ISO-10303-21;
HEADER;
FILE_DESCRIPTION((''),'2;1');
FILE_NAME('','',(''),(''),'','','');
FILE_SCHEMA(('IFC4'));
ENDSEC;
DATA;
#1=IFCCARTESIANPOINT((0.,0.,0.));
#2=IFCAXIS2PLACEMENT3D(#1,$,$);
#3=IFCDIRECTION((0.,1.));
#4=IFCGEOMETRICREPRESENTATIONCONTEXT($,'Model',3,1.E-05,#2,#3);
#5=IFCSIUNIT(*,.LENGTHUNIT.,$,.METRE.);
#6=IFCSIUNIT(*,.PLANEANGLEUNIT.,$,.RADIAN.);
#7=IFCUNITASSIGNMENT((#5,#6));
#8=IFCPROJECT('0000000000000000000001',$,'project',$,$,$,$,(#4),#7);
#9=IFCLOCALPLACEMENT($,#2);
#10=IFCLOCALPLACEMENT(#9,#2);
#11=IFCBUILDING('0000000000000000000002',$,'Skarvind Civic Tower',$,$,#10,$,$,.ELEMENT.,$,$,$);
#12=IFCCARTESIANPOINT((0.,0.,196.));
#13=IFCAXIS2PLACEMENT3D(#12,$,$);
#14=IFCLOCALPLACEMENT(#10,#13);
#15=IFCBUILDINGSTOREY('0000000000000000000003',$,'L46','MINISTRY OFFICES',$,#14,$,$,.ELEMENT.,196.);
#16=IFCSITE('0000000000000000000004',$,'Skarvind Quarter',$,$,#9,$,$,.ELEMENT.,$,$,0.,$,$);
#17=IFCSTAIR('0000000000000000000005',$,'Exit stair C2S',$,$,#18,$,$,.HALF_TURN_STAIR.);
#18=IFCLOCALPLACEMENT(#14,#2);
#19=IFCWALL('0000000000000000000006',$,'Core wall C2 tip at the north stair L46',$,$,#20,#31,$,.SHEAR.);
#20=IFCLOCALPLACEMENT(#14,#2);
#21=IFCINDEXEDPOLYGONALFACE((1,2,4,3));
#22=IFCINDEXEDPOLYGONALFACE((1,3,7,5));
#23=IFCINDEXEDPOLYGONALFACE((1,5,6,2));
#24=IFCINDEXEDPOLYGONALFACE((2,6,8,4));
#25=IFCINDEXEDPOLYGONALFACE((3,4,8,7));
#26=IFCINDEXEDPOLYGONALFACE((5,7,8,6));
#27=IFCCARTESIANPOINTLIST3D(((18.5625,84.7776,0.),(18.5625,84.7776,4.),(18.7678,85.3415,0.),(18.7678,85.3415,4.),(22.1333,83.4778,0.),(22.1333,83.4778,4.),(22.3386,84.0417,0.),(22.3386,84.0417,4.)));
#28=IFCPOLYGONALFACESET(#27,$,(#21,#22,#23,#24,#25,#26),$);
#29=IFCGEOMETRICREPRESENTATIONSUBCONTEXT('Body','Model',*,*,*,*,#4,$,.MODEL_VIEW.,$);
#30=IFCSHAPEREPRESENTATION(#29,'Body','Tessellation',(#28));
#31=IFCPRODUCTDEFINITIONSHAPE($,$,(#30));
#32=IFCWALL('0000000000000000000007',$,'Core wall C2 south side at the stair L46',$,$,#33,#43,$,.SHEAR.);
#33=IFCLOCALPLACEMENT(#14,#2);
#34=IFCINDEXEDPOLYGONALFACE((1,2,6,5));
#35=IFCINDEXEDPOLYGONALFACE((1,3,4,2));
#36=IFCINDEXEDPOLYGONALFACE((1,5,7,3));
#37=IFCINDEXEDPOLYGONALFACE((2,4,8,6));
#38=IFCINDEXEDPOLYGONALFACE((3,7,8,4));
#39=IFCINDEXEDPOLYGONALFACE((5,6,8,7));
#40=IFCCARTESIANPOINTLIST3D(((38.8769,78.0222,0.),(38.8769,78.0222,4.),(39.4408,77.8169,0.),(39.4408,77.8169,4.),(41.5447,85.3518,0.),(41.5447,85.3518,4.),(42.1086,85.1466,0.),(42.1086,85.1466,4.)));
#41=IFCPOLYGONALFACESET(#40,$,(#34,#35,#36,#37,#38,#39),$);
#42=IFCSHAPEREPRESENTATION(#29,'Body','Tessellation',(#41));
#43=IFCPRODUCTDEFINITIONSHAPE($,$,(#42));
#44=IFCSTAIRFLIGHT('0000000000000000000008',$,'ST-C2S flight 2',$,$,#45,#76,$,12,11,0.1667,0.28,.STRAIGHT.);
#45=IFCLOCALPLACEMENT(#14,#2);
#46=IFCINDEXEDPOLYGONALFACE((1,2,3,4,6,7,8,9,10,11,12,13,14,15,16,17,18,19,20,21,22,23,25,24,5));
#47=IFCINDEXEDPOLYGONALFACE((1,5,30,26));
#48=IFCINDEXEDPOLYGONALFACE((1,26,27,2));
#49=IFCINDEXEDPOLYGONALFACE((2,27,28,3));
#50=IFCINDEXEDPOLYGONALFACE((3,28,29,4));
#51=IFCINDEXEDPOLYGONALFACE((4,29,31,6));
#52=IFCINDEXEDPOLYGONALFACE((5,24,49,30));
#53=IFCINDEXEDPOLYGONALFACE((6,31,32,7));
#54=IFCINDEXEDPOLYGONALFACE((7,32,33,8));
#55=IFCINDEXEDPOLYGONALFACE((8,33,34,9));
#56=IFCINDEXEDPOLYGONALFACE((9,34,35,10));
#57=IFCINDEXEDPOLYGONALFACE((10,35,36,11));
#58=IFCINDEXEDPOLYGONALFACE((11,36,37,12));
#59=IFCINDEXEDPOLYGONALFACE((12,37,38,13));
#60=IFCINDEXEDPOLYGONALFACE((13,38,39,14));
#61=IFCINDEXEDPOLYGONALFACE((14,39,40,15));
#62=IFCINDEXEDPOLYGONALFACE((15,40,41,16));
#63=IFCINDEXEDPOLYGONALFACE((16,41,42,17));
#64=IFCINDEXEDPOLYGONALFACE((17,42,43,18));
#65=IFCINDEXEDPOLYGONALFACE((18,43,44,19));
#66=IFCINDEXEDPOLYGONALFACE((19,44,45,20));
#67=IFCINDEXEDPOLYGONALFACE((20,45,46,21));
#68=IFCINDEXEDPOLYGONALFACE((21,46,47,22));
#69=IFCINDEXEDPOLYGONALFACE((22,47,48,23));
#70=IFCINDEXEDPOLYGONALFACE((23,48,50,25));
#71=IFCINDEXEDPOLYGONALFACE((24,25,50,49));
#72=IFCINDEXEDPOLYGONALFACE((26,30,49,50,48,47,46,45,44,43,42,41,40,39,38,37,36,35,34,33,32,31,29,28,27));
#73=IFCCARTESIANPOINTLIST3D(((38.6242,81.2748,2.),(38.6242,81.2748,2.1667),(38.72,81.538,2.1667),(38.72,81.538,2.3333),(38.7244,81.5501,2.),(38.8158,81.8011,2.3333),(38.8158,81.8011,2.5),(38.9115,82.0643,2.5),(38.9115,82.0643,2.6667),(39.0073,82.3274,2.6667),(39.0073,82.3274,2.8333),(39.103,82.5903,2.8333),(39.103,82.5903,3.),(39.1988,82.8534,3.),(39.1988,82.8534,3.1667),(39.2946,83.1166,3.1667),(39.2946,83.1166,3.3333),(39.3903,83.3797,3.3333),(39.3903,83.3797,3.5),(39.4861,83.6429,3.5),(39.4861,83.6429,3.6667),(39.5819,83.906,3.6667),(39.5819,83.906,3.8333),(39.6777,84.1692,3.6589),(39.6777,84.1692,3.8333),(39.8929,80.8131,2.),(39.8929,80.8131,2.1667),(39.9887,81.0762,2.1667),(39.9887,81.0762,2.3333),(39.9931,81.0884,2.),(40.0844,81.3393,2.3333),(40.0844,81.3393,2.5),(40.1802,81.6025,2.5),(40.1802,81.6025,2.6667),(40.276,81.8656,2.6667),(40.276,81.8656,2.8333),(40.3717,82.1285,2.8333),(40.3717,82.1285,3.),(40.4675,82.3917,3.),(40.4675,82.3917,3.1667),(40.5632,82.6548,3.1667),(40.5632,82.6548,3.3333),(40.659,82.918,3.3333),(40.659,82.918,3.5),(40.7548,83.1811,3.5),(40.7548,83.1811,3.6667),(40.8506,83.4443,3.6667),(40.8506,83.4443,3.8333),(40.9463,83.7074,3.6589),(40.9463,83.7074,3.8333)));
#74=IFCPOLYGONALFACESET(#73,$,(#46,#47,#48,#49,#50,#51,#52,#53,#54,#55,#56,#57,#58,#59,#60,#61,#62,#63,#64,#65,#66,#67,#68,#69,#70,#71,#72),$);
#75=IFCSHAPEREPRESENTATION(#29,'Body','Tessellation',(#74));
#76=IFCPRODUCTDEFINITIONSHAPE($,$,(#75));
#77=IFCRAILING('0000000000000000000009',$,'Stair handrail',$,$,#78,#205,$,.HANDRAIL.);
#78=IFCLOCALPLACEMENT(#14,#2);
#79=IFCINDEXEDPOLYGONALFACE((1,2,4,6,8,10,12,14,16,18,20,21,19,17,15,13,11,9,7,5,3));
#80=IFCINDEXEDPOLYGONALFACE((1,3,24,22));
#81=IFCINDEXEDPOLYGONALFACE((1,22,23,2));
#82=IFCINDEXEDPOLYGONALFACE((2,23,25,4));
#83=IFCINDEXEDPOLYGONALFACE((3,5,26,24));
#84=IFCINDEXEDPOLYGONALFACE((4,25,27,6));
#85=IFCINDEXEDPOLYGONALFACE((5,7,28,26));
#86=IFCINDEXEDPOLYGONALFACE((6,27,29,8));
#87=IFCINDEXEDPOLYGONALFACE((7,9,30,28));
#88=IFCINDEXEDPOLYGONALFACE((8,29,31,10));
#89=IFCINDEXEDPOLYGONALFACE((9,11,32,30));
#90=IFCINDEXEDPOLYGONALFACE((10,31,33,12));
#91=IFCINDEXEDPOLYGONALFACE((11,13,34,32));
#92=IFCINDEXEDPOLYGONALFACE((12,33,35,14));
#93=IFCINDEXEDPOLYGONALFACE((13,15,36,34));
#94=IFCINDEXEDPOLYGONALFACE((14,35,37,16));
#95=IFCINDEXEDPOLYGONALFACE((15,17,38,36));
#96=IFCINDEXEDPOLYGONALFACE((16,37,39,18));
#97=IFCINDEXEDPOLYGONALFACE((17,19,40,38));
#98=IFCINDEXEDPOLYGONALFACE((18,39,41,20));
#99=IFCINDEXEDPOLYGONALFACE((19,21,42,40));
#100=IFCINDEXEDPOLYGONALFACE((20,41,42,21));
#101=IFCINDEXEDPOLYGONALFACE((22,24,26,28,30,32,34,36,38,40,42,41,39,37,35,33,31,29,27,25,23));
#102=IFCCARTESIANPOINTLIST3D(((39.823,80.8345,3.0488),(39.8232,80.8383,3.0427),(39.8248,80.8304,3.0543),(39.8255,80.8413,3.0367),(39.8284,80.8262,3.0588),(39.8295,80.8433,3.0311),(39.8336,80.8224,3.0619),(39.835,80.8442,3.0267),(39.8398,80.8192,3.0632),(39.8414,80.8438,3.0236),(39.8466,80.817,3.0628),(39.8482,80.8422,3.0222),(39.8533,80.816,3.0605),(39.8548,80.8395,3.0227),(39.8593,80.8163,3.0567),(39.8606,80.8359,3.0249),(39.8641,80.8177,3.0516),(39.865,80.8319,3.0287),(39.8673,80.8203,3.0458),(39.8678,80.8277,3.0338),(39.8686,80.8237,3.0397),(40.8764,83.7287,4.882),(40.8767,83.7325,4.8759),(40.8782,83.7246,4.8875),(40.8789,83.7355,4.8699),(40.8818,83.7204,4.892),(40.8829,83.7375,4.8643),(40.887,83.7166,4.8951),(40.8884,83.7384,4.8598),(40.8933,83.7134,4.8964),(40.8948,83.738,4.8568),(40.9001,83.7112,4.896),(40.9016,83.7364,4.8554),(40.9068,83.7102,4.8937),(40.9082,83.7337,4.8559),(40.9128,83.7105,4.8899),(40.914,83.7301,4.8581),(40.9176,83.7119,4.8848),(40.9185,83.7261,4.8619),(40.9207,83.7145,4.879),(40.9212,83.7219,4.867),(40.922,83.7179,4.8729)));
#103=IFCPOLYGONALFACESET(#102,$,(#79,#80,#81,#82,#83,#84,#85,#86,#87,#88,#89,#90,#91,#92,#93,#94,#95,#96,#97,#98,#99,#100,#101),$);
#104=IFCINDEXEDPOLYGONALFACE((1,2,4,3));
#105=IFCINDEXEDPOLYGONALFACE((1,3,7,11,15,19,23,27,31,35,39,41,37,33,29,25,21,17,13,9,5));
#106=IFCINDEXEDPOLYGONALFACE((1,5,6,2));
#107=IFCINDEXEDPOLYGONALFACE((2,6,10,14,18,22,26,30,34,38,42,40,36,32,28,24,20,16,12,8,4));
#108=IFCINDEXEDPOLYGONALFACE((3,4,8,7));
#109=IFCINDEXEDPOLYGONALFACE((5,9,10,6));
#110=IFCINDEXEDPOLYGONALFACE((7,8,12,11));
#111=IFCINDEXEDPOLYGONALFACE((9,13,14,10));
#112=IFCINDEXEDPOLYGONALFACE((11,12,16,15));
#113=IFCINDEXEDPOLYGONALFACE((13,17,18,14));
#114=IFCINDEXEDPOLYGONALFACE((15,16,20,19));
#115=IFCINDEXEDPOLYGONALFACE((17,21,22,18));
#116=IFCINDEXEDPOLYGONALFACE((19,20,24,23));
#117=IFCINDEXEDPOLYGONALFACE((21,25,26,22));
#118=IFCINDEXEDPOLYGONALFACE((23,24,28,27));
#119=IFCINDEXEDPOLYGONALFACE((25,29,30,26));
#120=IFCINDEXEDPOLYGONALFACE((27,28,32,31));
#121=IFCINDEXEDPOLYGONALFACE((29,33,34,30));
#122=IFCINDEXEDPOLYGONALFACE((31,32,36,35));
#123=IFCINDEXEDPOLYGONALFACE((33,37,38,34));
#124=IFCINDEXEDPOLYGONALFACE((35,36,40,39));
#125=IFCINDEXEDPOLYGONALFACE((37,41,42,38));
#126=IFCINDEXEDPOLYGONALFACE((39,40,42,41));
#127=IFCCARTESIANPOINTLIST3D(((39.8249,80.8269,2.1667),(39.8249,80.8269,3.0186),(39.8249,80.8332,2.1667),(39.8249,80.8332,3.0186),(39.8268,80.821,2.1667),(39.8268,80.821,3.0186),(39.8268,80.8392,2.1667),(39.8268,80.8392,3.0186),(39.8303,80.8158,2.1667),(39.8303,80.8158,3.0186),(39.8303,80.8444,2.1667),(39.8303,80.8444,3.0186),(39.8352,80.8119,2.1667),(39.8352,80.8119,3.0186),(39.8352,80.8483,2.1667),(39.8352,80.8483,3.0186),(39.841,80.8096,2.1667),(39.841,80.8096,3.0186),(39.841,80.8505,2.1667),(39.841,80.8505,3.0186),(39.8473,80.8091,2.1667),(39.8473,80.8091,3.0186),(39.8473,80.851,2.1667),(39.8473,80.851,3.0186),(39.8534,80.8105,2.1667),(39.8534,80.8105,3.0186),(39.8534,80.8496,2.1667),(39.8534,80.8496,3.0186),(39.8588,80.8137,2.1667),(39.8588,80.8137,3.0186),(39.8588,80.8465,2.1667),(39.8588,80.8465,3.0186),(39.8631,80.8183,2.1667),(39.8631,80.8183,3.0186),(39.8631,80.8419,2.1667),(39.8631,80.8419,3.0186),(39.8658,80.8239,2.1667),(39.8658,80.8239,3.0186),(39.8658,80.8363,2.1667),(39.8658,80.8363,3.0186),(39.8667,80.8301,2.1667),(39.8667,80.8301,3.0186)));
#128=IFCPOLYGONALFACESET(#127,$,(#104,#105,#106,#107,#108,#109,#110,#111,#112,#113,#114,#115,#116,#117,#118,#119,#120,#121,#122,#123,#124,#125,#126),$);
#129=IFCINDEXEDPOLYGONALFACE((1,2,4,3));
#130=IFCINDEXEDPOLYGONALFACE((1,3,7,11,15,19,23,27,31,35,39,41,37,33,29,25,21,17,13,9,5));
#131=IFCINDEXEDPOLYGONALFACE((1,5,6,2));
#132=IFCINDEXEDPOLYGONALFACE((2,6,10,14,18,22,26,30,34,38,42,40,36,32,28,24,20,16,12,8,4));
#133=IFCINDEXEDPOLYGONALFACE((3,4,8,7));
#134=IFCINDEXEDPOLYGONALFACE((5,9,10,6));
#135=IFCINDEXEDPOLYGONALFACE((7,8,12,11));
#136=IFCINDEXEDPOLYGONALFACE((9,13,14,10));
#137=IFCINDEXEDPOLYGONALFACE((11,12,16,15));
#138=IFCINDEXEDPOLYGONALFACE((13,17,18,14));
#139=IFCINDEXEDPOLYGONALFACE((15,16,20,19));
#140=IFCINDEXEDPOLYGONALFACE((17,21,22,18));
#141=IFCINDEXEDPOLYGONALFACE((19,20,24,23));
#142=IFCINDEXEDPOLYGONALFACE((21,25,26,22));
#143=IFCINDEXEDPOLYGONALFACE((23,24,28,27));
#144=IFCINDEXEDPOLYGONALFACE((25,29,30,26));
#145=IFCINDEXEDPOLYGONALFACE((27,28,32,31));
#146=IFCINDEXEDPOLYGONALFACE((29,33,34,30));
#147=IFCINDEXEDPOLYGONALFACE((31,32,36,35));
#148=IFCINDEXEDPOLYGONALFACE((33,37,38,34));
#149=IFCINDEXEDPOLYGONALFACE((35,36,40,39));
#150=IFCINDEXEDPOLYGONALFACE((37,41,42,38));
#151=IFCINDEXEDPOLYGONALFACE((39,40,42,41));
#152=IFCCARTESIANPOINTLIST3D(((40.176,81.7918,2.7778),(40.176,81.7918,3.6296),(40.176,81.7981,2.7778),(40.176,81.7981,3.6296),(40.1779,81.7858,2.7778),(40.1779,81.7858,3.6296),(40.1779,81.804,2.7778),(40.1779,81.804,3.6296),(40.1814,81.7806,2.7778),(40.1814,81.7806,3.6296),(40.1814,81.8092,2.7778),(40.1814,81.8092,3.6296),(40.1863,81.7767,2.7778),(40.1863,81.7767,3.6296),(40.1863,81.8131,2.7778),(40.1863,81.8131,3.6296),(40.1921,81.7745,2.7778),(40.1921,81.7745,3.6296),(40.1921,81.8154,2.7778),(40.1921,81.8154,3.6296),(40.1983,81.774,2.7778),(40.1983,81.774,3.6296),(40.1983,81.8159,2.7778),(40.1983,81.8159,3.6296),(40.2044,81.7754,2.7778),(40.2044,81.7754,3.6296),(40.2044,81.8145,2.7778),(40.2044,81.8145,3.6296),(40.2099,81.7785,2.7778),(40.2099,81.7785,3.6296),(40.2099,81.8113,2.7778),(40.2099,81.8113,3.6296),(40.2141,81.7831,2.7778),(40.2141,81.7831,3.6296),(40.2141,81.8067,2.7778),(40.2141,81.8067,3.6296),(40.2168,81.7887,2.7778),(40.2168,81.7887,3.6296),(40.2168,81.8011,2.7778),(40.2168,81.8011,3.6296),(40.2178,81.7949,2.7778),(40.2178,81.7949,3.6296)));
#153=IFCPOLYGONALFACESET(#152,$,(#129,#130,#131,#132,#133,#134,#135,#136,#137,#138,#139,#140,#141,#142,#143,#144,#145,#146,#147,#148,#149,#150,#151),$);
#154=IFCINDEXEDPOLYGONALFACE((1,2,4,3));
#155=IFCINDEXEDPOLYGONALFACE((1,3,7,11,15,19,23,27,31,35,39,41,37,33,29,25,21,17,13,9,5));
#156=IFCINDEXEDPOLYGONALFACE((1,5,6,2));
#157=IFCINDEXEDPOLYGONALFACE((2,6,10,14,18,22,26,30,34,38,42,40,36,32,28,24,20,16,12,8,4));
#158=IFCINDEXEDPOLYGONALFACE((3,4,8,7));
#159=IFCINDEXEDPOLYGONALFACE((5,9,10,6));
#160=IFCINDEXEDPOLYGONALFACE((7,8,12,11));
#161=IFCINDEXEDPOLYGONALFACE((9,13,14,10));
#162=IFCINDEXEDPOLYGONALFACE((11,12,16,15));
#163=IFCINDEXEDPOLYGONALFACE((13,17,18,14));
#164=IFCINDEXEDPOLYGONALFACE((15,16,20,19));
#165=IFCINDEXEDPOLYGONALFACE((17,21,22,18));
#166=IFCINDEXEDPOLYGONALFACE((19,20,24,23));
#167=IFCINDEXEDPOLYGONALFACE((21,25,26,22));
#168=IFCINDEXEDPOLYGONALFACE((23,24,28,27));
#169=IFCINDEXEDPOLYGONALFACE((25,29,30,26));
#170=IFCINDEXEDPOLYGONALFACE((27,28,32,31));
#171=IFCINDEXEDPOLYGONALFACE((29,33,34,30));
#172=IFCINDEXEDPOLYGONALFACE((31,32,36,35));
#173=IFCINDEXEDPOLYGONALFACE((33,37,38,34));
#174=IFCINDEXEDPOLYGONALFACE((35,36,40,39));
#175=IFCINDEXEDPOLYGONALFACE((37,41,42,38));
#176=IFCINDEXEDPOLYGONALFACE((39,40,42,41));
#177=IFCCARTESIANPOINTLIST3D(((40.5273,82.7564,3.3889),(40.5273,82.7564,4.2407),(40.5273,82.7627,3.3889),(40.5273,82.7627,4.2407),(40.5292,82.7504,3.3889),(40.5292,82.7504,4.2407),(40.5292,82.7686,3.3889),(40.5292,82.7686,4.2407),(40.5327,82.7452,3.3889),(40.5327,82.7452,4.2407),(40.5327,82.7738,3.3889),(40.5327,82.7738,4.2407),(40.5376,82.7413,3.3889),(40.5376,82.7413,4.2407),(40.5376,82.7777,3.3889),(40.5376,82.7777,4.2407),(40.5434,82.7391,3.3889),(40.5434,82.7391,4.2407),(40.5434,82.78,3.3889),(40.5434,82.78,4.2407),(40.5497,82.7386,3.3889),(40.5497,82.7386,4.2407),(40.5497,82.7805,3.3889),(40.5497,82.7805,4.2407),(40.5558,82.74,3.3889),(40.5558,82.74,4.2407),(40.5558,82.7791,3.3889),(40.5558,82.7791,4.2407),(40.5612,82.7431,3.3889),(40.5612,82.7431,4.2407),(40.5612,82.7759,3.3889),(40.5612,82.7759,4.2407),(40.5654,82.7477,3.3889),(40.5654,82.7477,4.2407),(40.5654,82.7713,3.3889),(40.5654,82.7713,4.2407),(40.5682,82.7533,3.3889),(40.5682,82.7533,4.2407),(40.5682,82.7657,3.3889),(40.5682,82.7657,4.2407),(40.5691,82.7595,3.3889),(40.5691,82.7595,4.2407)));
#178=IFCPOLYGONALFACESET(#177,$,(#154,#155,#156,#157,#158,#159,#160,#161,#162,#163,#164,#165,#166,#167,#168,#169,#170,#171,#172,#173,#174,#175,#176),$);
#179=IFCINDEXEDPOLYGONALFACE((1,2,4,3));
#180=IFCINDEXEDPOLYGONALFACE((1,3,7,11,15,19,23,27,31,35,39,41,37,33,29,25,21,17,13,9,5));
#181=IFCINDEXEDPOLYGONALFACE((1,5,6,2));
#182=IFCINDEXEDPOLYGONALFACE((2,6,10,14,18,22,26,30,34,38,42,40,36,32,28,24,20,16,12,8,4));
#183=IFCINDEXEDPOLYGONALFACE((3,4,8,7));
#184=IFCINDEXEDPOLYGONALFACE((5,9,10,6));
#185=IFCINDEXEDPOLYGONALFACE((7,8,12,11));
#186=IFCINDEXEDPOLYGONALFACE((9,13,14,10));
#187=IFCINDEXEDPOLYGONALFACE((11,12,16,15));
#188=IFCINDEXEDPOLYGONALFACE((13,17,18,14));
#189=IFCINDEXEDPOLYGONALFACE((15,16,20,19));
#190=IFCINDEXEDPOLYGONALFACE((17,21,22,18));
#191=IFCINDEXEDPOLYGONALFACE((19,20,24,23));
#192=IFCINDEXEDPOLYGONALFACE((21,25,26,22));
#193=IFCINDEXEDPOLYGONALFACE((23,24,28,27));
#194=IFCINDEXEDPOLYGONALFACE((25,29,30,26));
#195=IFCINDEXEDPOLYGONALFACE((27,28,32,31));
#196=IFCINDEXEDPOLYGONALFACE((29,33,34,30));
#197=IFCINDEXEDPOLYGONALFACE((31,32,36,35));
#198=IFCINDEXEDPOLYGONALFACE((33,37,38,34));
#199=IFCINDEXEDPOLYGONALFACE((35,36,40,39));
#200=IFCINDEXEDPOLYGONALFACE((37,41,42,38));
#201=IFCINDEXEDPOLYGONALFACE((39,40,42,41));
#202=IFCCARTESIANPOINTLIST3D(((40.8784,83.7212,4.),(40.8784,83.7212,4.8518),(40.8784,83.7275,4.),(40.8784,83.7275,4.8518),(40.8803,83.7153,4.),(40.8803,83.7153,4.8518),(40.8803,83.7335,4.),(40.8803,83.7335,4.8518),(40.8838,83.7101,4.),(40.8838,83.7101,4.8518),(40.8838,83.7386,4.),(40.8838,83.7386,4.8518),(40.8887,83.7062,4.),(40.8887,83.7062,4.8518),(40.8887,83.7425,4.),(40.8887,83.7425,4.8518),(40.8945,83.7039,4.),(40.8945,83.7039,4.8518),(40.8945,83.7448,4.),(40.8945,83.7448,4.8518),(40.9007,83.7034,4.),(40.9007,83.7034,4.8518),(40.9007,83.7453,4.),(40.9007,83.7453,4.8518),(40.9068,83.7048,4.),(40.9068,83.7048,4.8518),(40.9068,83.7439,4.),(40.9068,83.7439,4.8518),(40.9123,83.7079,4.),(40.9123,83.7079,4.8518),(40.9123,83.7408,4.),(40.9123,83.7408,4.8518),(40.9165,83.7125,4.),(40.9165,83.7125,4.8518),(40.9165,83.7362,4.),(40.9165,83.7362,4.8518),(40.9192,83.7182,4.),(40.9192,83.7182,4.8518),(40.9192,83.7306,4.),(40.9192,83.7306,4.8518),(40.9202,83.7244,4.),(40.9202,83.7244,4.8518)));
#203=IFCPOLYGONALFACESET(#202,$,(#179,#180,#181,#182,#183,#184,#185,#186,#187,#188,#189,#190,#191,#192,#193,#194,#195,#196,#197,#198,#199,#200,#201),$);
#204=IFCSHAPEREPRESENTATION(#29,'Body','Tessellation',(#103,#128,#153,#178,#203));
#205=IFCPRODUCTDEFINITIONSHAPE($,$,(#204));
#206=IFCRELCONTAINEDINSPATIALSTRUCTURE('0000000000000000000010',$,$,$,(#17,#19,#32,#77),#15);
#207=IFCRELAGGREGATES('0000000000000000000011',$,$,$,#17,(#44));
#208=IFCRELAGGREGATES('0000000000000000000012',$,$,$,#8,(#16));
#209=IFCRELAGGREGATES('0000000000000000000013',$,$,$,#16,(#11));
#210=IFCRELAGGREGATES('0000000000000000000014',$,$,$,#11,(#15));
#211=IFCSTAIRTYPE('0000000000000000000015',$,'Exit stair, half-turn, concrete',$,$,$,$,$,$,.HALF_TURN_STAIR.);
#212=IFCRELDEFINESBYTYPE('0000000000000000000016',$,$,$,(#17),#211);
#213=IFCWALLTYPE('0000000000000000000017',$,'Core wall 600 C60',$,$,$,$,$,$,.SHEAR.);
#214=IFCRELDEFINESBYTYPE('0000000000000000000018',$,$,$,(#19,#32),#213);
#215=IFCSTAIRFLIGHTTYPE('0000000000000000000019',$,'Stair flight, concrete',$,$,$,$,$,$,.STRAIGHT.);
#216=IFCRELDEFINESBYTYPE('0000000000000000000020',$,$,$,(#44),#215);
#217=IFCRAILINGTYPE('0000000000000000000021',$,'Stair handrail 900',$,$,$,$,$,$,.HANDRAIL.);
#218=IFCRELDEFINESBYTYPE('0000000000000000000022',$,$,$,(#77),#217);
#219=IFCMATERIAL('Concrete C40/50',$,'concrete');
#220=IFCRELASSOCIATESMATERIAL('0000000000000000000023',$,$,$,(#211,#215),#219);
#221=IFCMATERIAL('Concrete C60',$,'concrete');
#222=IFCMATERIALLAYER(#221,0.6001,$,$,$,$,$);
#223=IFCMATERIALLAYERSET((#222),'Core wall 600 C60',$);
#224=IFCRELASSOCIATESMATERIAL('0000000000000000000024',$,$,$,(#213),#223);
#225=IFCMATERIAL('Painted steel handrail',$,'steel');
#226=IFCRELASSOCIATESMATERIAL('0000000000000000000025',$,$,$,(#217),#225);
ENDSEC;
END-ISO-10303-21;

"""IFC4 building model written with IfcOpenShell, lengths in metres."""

from ifc_helpers import new_model, si_unit, direction, frame, frame_2d, origin, origin_2d, place, context, subcontext, project, spatial, polyline, rectangle, circle, outline, extrude, material, layer, layer_set, type_object, element, aggregate, save


model = new_model("IFC4")

# Units and contexts
model_context = context("Model", 3, precision=1e-05, world=origin(), true_north=direction((0.0, 1.0)))
body_context = subcontext(model_context, "Body", "Model", "MODEL_VIEW")
ifc_project = project(units=[si_unit("LENGTHUNIT", "METRE"), si_unit("PLANEANGLEUNIT", "RADIAN")], contexts=[model_context])

# Site, building, storey
site_placement = place(None, origin())
site = spatial("IfcSite", under=ifc_project, at=site_placement, Name="Skarvind Quarter", CompositionType="ELEMENT", RefElevation=0.0)
building_placement = place(site_placement, origin())
building = spatial("IfcBuilding", under=site, at=building_placement, Name="Skarvind Civic Tower", CompositionType="ELEMENT")
storey_placement = place(building_placement, frame((0.0, 0.0, 196.0)))
storey = spatial("IfcBuildingStorey", under=building, at=storey_placement, Name="L46", Description="MINISTRY OFFICES", CompositionType="ELEMENT", Elevation=196.0)

# Shared definitions
ifc_material_1 = material(Name="Concrete C40/50", Category="concrete")

# Stair
stair_type_1 = type_object("IfcStairType", Name="Exit stair, half-turn, concrete", PredefinedType="HALF_TURN_STAIR", material=ifc_material_1)
stair_1_placement = place(storey_placement, origin())
stair_1 = element("IfcStair", 1, at=stair_1_placement, inside=storey, type_object=stair_type_1, Name="Exit stair C2S", PredefinedType="HALF_TURN_STAIR")

# Shared definitions
ifc_material_2 = material(Name="Concrete C60", Category="concrete")

# Walls
ifc_layer_1 = layer(ifc_material_2, 0.6001)
ifc_layer_set_1 = layer_set([ifc_layer_1], Name="Core wall 600 C60")
wall_type_1 = type_object("IfcWallType", Name="Core wall 600 C60", PredefinedType="SHEAR", material=ifc_layer_set_1)
for number, where, z_axis, x_axis, name in (
    (2, (22.2358, 83.7598, 0.0), (0.0, 0.0, 1.0), (-0.939681, 0.342053, 0.0), "Core wall C2 tip at the north stair L46"),
):
    element("IfcWall", number, at=place(storey_placement, frame(where, z_axis=z_axis, x_axis=x_axis)), inside=storey, type_object=wall_type_1, Name=name, PredefinedType="SHEAR", context=body_context, shape_type="SweptSolid", body=[
        extrude(rectangle(XDim=3.8, YDim=0.6001, at=frame_2d((1.8999, 0.0))), origin(), (0.0, 0.0, 1.0), 4.0),
    ])
wall_1_placement = place(storey_placement, frame((39.1589, 77.9197, 0.0), z_axis=(0.0, 0.0, 1.0), x_axis=(0.342017, 0.939694, 0.0)))
element("IfcWall", 3, at=wall_1_placement, inside=storey, type_object=wall_type_1, Name="Core wall C2 south side at the stair L46", PredefinedType="SHEAR", context=body_context, shape_type="SweptSolid", body=[
    extrude(rectangle(XDim=7.8, YDim=0.6001, at=frame_2d((3.8999, 0.0))), origin(), (0.0, 0.0, 1.0), 4.0),
])

# Stair flight
stair_flight_type = type_object("IfcStairFlightType", Name="Stair flight, concrete", PredefinedType="STRAIGHT", material=ifc_material_1)
stair_flight_placement = place(storey_placement, frame((39.2585, 81.0439, 2.0), z_axis=(0.0, 0.0, 1.0), x_axis=(0.34202, 0.939693, 0.0)))
stair_flight = element("IfcStairFlight", 4, at=stair_flight_placement, type_object=stair_flight_type, Name="ST-C2S flight 2", NumberOfRisers=12, NumberOfTreads=11, PredefinedType="STRAIGHT", RiserHeight=0.1667, TreadLength=0.28, context=body_context, shape_type="SweptSolid", body=[
    extrude(outline(polyline([(0.0, 0.0), (0.0, 0.1667), (0.28, 0.1667), (0.28, 0.3333), (0.5601, 0.3333), (0.5601, 0.5), (0.8401, 0.5), (0.8401, 0.6667), (1.1201, 0.6667), (1.1201, 0.8333), (1.3999, 0.8333), (1.3999, 1.0), (1.6799, 1.0), (1.6799, 1.1667), (1.96, 1.1667), (1.96, 1.3333), (2.24, 1.3333), (2.24, 1.5), (2.52, 1.5), (2.52, 1.6667), (2.8, 1.6667), (2.8, 1.8333), (3.0801, 1.8333), (3.0801, 2.0), (3.0801, 1.6589), (0.293, 0.0), (0.0, 0.0)])), frame((0.0, 0.675, 0.0), z_axis=(0.0, -1.0, 0.0), x_axis=(1.0, 0.0, 0.0)), (0.0, 0.0, 1.0), 1.3501),
])
aggregate(stair_1, [stair_flight])

# Railing
ifc_material_3 = material(Name="Painted steel handrail", Category="steel")
railing_type = type_object("IfcRailingType", Name="Stair handrail 900", PredefinedType="HANDRAIL", material=ifc_material_3)
railing_placement = place(storey_placement, frame((39.8457, 80.8301, 2.1667)))
element("IfcRailing", 5, at=railing_placement, inside=storey, type_object=railing_type, Name="Stair handrail", PredefinedType="HANDRAIL", context=body_context, shape_type="SweptSolid", body=[
    extrude(circle(Radius=0.0239, at=origin_2d()), frame((0.0, 0.0, 0.876), z_axis=(0.293908, 0.807481, 0.511461), x_axis=(-0.939689, 0.342029, 0.0)), (0.0, 0.0, 1.0), 3.5842),
    extrude(circle(Radius=0.021, at=origin_2d()), origin(), (0.0, 0.0, 1.0), 0.8518),
    extrude(circle(Radius=0.021, at=origin_2d()), frame((0.3511, 0.9648, 0.6111)), (0.0, 0.0, 1.0), 0.8518),
    extrude(circle(Radius=0.021, at=origin_2d()), frame((0.7024, 1.9294, 1.2222)), (0.0, 0.0, 1.0), 0.8518),
    extrude(circle(Radius=0.021, at=origin_2d()), frame((1.0535, 2.8943, 1.8333)), (0.0, 0.0, 1.0), 0.8518),
])

save(model, "model.ifc")
